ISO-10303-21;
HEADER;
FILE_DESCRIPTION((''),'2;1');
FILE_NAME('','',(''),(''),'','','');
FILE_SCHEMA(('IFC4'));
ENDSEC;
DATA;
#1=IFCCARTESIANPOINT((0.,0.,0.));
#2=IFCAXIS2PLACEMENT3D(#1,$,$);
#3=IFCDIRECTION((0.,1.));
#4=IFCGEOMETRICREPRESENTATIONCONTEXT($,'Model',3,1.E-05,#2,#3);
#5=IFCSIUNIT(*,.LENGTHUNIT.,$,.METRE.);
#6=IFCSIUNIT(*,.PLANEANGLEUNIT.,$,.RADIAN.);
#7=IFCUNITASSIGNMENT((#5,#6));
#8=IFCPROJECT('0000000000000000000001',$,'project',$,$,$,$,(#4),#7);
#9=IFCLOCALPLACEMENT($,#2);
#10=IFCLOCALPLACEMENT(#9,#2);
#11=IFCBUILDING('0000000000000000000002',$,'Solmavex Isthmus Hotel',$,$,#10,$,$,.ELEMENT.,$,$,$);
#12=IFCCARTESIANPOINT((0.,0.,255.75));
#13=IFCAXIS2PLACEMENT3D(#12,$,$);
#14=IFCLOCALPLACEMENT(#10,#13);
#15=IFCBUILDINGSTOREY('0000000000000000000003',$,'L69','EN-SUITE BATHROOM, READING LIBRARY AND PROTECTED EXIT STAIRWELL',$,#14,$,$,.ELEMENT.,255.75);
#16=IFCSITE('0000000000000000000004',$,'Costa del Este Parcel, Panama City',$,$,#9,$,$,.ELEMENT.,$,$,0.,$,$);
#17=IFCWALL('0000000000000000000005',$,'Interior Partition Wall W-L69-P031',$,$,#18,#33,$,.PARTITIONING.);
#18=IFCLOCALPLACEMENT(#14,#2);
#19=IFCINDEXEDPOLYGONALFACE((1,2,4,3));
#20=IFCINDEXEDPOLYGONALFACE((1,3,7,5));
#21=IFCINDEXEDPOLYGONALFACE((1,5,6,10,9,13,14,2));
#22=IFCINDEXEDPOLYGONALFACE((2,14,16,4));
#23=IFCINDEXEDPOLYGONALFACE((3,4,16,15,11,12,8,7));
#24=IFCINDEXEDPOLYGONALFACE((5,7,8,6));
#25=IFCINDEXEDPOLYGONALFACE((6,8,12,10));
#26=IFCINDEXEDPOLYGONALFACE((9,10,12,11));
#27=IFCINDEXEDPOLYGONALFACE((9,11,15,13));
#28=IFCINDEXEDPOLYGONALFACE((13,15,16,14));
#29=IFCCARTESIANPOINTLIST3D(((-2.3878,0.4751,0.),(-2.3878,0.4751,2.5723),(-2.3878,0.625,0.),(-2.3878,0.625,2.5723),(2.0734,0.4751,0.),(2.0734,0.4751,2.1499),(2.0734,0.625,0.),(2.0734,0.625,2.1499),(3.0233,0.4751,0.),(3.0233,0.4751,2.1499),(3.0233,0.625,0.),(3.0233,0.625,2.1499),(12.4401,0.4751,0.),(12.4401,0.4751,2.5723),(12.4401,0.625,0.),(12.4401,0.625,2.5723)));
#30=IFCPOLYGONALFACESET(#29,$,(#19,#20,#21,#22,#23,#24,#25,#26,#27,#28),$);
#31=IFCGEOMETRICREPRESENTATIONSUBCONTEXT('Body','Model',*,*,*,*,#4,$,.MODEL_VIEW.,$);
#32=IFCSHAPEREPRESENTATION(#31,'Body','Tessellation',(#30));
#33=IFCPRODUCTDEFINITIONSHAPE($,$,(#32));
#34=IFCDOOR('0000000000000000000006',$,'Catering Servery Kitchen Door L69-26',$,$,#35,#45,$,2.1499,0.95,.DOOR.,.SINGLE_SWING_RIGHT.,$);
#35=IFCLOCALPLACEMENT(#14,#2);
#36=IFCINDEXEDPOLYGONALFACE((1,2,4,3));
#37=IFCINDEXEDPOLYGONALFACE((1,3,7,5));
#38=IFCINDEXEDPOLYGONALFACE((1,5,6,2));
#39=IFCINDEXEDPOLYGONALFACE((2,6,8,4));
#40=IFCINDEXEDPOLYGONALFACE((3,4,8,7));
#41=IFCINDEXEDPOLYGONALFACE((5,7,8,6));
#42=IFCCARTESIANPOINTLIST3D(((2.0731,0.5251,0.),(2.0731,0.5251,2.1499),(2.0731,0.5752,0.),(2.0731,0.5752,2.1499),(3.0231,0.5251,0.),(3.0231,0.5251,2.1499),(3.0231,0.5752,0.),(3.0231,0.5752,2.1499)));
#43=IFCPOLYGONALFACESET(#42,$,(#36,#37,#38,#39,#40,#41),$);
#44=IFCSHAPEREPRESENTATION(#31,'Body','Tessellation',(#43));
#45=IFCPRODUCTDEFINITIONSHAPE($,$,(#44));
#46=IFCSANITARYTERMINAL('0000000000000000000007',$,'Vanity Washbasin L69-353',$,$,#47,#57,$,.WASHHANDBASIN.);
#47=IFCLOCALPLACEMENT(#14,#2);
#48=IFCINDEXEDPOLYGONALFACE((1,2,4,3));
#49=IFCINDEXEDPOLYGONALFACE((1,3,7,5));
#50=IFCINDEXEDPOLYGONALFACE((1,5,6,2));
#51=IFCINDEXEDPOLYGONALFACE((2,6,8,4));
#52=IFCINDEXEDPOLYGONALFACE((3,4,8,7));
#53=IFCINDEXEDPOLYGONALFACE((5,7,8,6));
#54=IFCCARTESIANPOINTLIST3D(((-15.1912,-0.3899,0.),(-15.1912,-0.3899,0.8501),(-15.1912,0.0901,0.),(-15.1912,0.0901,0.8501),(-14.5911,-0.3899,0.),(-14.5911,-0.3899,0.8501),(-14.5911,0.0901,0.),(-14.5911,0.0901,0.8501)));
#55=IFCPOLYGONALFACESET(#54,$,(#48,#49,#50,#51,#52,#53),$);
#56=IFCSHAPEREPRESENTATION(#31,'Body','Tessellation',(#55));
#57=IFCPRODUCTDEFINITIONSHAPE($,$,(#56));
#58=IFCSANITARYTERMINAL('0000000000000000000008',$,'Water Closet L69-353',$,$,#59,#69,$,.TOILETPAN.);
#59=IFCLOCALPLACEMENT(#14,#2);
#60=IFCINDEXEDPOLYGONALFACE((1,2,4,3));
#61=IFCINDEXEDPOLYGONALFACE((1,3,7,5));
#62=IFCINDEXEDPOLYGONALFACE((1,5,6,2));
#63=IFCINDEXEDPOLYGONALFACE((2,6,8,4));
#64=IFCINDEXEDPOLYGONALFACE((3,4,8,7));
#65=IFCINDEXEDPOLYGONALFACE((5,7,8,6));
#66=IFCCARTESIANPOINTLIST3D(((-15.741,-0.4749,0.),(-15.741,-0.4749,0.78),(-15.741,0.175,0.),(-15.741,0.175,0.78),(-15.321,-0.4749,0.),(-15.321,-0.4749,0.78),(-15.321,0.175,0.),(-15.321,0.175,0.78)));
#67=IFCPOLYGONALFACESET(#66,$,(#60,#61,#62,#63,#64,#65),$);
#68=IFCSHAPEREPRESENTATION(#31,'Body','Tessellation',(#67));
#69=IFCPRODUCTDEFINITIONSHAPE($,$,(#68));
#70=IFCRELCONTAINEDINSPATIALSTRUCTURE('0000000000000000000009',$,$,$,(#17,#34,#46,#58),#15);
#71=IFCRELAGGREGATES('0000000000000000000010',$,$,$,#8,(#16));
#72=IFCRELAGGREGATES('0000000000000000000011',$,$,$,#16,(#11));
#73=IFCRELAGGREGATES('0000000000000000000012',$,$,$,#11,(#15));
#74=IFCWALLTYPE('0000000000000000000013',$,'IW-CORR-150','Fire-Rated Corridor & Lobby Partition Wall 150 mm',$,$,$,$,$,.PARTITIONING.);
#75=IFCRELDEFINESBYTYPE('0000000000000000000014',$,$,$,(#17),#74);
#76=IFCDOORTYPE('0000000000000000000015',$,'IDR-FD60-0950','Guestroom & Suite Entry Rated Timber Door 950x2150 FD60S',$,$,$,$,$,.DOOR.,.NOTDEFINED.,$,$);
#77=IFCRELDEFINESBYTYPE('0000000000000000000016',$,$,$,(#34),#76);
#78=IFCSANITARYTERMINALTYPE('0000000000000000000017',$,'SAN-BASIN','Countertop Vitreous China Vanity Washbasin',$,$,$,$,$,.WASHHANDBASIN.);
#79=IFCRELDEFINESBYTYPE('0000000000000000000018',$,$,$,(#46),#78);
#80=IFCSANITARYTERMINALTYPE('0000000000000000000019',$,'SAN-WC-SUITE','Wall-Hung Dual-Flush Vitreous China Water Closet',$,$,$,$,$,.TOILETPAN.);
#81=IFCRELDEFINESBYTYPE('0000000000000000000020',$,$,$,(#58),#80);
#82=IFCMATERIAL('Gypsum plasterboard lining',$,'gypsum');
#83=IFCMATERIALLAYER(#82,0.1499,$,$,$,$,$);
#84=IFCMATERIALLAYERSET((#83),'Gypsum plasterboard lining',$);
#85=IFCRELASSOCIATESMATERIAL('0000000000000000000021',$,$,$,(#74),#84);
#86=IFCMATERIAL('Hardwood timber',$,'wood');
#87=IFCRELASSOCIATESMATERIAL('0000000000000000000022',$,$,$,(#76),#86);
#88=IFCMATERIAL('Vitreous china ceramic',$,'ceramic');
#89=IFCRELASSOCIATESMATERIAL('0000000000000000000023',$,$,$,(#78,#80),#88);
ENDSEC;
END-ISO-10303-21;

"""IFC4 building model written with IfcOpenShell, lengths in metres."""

from ifc_helpers import new_model, si_unit, direction, frame, frame_2d, origin, origin_2d, place, context, subcontext, project, spatial, rectangle, extrude, material, layer, layer_set, type_object, element, fill, save


model = new_model("IFC4")

# Units and contexts
model_context = context("Model", 3, precision=1e-05, world=origin(), true_north=direction((0.0, 1.0)))
body_context = subcontext(model_context, "Body", "Model", "MODEL_VIEW")
ifc_project = project(units=[si_unit("LENGTHUNIT", "METRE"), si_unit("PLANEANGLEUNIT", "RADIAN")], contexts=[model_context])

# Site, building, storey
site_placement = place(None, origin())
site = spatial("IfcSite", under=ifc_project, at=site_placement, Name="Costa del Este Parcel, Panama City", CompositionType="ELEMENT", RefElevation=0.0)
building_placement = place(site_placement, origin())
building = spatial("IfcBuilding", under=site, at=building_placement, Name="Solmavex Isthmus Hotel", CompositionType="ELEMENT")
storey_placement = place(building_placement, frame((0.0, 0.0, 255.75)))
storey = spatial("IfcBuildingStorey", under=building, at=storey_placement, Name="L69", Description="EN-SUITE BATHROOM, READING LIBRARY AND PROTECTED EXIT STAIRWELL", CompositionType="ELEMENT", Elevation=255.75)

# Shared definitions
ifc_material_1 = material(Name="Gypsum plasterboard lining", Category="gypsum")
ifc_layer_1 = layer(ifc_material_1, 0.1499)
ifc_layer_set_1 = layer_set([ifc_layer_1], Name="Gypsum plasterboard lining")
wall_type_1 = type_object("IfcWallType", Name="IW-CORR-150", Description="Fire-Rated Corridor & Lobby Partition Wall 150 mm", PredefinedType="PARTITIONING", material=ifc_layer_set_1)

# Shared definitions
ifc_material_2 = material(Name="Hardwood timber", Category="wood")
door_type = type_object("IfcDoorType", Name="IDR-FD60-0950", Description="Guestroom & Suite Entry Rated Timber Door 950x2150 FD60S", OperationType="NOTDEFINED", PredefinedType="DOOR", material=ifc_material_2)

# Wall, opening, door
wall_1_placement = place(storey_placement, frame((-2.3879, 0.55, 0.0), z_axis=(0.0, 0.0, 1.0), x_axis=(1.0, 0.0, 0.0)))
wall_1 = element("IfcWall", 1, at=wall_1_placement, inside=storey, type_object=wall_type_1, Name="Interior Partition Wall W-L69-P031", PredefinedType="PARTITIONING", context=body_context, shape_type="SweptSolid", body=[
    extrude(rectangle(XDim=14.8279, YDim=0.1499, at=frame_2d((7.4141, 0.0))), origin(), (0.0, 0.0, 1.0), 2.5723),
])
opening_1_placement = place(wall_1_placement, frame((4.4612, 0.0, 0.0)))
opening_1 = element("IfcOpeningElement", 2, at=opening_1_placement, cuts=wall_1, PredefinedType="OPENING", context=body_context, shape_type="SweptSolid", body=[
    extrude(rectangle(XDim=0.95, YDim=2.1499, at=frame_2d((0.4751, 1.075))), frame((0.0, 0.085, 0.0), z_axis=(0.0, -1.0, 0.0), x_axis=(1.0, 0.0, 0.0)), (0.0, 0.0, 1.0), 0.1699),
])
door_1_placement = place(opening_1_placement, frame((0.95, 0.0, 0.0), z_axis=(0.0, 0.0, 1.0), x_axis=(-1.0, 0.0, 0.0)))
door_1 = element("IfcDoor", 3, at=door_1_placement, inside=storey, type_object=door_type, Name="Catering Servery Kitchen Door L69-26", OperationType="SINGLE_SWING_RIGHT", OverallHeight=2.1499, OverallWidth=0.95, PredefinedType="DOOR", context=body_context, shape_type="SweptSolid", body=[
    extrude(rectangle(XDim=0.95, YDim=2.1499, at=frame_2d((0.4751, 1.075))), frame((0.0, 0.0249, 0.0), z_axis=(0.0, -1.0, 0.0), x_axis=(1.0, 0.0, 0.0)), (0.0, 0.0, 1.0), 0.05),
])
fill(opening_1, door_1)

# Sanitary terminals
ifc_material_3 = material(Name="Vitreous china ceramic", Category="ceramic")
sanitary_terminal_type_1 = type_object("IfcSanitaryTerminalType", Name="SAN-BASIN", Description="Countertop Vitreous China Vanity Washbasin", PredefinedType="WASHHANDBASIN", material=ifc_material_3)
sanitary_terminal_1_placement = place(storey_placement, frame((-14.8911, -0.1499, 0.0), z_axis=(0.0, 0.0, 1.0), x_axis=(1.0, 0.0, 0.0)))
element("IfcSanitaryTerminal", 4, at=sanitary_terminal_1_placement, inside=storey, type_object=sanitary_terminal_type_1, Name="Vanity Washbasin L69-353", PredefinedType="WASHHANDBASIN", context=body_context, shape_type="SweptSolid", body=[
    extrude(rectangle(XDim=0.6001, YDim=0.48, at=origin_2d()), origin(), (0.0, 0.0, 1.0), 0.8501),
])
sanitary_terminal_type_2 = type_object("IfcSanitaryTerminalType", Name="SAN-WC-SUITE", Description="Wall-Hung Dual-Flush Vitreous China Water Closet", PredefinedType="TOILETPAN", material=ifc_material_3)
sanitary_terminal_2_placement = place(storey_placement, frame((-15.531, -0.1499, 0.0), z_axis=(0.0, 0.0, 1.0), x_axis=(1.0, 0.0, 0.0)))
element("IfcSanitaryTerminal", 5, at=sanitary_terminal_2_placement, inside=storey, type_object=sanitary_terminal_type_2, Name="Water Closet L69-353", PredefinedType="TOILETPAN", context=body_context, shape_type="SweptSolid", body=[
    extrude(rectangle(XDim=0.4199, YDim=0.6499, at=origin_2d()), origin(), (0.0, 0.0, 1.0), 0.78),
])

save(model, "model.ifc")
